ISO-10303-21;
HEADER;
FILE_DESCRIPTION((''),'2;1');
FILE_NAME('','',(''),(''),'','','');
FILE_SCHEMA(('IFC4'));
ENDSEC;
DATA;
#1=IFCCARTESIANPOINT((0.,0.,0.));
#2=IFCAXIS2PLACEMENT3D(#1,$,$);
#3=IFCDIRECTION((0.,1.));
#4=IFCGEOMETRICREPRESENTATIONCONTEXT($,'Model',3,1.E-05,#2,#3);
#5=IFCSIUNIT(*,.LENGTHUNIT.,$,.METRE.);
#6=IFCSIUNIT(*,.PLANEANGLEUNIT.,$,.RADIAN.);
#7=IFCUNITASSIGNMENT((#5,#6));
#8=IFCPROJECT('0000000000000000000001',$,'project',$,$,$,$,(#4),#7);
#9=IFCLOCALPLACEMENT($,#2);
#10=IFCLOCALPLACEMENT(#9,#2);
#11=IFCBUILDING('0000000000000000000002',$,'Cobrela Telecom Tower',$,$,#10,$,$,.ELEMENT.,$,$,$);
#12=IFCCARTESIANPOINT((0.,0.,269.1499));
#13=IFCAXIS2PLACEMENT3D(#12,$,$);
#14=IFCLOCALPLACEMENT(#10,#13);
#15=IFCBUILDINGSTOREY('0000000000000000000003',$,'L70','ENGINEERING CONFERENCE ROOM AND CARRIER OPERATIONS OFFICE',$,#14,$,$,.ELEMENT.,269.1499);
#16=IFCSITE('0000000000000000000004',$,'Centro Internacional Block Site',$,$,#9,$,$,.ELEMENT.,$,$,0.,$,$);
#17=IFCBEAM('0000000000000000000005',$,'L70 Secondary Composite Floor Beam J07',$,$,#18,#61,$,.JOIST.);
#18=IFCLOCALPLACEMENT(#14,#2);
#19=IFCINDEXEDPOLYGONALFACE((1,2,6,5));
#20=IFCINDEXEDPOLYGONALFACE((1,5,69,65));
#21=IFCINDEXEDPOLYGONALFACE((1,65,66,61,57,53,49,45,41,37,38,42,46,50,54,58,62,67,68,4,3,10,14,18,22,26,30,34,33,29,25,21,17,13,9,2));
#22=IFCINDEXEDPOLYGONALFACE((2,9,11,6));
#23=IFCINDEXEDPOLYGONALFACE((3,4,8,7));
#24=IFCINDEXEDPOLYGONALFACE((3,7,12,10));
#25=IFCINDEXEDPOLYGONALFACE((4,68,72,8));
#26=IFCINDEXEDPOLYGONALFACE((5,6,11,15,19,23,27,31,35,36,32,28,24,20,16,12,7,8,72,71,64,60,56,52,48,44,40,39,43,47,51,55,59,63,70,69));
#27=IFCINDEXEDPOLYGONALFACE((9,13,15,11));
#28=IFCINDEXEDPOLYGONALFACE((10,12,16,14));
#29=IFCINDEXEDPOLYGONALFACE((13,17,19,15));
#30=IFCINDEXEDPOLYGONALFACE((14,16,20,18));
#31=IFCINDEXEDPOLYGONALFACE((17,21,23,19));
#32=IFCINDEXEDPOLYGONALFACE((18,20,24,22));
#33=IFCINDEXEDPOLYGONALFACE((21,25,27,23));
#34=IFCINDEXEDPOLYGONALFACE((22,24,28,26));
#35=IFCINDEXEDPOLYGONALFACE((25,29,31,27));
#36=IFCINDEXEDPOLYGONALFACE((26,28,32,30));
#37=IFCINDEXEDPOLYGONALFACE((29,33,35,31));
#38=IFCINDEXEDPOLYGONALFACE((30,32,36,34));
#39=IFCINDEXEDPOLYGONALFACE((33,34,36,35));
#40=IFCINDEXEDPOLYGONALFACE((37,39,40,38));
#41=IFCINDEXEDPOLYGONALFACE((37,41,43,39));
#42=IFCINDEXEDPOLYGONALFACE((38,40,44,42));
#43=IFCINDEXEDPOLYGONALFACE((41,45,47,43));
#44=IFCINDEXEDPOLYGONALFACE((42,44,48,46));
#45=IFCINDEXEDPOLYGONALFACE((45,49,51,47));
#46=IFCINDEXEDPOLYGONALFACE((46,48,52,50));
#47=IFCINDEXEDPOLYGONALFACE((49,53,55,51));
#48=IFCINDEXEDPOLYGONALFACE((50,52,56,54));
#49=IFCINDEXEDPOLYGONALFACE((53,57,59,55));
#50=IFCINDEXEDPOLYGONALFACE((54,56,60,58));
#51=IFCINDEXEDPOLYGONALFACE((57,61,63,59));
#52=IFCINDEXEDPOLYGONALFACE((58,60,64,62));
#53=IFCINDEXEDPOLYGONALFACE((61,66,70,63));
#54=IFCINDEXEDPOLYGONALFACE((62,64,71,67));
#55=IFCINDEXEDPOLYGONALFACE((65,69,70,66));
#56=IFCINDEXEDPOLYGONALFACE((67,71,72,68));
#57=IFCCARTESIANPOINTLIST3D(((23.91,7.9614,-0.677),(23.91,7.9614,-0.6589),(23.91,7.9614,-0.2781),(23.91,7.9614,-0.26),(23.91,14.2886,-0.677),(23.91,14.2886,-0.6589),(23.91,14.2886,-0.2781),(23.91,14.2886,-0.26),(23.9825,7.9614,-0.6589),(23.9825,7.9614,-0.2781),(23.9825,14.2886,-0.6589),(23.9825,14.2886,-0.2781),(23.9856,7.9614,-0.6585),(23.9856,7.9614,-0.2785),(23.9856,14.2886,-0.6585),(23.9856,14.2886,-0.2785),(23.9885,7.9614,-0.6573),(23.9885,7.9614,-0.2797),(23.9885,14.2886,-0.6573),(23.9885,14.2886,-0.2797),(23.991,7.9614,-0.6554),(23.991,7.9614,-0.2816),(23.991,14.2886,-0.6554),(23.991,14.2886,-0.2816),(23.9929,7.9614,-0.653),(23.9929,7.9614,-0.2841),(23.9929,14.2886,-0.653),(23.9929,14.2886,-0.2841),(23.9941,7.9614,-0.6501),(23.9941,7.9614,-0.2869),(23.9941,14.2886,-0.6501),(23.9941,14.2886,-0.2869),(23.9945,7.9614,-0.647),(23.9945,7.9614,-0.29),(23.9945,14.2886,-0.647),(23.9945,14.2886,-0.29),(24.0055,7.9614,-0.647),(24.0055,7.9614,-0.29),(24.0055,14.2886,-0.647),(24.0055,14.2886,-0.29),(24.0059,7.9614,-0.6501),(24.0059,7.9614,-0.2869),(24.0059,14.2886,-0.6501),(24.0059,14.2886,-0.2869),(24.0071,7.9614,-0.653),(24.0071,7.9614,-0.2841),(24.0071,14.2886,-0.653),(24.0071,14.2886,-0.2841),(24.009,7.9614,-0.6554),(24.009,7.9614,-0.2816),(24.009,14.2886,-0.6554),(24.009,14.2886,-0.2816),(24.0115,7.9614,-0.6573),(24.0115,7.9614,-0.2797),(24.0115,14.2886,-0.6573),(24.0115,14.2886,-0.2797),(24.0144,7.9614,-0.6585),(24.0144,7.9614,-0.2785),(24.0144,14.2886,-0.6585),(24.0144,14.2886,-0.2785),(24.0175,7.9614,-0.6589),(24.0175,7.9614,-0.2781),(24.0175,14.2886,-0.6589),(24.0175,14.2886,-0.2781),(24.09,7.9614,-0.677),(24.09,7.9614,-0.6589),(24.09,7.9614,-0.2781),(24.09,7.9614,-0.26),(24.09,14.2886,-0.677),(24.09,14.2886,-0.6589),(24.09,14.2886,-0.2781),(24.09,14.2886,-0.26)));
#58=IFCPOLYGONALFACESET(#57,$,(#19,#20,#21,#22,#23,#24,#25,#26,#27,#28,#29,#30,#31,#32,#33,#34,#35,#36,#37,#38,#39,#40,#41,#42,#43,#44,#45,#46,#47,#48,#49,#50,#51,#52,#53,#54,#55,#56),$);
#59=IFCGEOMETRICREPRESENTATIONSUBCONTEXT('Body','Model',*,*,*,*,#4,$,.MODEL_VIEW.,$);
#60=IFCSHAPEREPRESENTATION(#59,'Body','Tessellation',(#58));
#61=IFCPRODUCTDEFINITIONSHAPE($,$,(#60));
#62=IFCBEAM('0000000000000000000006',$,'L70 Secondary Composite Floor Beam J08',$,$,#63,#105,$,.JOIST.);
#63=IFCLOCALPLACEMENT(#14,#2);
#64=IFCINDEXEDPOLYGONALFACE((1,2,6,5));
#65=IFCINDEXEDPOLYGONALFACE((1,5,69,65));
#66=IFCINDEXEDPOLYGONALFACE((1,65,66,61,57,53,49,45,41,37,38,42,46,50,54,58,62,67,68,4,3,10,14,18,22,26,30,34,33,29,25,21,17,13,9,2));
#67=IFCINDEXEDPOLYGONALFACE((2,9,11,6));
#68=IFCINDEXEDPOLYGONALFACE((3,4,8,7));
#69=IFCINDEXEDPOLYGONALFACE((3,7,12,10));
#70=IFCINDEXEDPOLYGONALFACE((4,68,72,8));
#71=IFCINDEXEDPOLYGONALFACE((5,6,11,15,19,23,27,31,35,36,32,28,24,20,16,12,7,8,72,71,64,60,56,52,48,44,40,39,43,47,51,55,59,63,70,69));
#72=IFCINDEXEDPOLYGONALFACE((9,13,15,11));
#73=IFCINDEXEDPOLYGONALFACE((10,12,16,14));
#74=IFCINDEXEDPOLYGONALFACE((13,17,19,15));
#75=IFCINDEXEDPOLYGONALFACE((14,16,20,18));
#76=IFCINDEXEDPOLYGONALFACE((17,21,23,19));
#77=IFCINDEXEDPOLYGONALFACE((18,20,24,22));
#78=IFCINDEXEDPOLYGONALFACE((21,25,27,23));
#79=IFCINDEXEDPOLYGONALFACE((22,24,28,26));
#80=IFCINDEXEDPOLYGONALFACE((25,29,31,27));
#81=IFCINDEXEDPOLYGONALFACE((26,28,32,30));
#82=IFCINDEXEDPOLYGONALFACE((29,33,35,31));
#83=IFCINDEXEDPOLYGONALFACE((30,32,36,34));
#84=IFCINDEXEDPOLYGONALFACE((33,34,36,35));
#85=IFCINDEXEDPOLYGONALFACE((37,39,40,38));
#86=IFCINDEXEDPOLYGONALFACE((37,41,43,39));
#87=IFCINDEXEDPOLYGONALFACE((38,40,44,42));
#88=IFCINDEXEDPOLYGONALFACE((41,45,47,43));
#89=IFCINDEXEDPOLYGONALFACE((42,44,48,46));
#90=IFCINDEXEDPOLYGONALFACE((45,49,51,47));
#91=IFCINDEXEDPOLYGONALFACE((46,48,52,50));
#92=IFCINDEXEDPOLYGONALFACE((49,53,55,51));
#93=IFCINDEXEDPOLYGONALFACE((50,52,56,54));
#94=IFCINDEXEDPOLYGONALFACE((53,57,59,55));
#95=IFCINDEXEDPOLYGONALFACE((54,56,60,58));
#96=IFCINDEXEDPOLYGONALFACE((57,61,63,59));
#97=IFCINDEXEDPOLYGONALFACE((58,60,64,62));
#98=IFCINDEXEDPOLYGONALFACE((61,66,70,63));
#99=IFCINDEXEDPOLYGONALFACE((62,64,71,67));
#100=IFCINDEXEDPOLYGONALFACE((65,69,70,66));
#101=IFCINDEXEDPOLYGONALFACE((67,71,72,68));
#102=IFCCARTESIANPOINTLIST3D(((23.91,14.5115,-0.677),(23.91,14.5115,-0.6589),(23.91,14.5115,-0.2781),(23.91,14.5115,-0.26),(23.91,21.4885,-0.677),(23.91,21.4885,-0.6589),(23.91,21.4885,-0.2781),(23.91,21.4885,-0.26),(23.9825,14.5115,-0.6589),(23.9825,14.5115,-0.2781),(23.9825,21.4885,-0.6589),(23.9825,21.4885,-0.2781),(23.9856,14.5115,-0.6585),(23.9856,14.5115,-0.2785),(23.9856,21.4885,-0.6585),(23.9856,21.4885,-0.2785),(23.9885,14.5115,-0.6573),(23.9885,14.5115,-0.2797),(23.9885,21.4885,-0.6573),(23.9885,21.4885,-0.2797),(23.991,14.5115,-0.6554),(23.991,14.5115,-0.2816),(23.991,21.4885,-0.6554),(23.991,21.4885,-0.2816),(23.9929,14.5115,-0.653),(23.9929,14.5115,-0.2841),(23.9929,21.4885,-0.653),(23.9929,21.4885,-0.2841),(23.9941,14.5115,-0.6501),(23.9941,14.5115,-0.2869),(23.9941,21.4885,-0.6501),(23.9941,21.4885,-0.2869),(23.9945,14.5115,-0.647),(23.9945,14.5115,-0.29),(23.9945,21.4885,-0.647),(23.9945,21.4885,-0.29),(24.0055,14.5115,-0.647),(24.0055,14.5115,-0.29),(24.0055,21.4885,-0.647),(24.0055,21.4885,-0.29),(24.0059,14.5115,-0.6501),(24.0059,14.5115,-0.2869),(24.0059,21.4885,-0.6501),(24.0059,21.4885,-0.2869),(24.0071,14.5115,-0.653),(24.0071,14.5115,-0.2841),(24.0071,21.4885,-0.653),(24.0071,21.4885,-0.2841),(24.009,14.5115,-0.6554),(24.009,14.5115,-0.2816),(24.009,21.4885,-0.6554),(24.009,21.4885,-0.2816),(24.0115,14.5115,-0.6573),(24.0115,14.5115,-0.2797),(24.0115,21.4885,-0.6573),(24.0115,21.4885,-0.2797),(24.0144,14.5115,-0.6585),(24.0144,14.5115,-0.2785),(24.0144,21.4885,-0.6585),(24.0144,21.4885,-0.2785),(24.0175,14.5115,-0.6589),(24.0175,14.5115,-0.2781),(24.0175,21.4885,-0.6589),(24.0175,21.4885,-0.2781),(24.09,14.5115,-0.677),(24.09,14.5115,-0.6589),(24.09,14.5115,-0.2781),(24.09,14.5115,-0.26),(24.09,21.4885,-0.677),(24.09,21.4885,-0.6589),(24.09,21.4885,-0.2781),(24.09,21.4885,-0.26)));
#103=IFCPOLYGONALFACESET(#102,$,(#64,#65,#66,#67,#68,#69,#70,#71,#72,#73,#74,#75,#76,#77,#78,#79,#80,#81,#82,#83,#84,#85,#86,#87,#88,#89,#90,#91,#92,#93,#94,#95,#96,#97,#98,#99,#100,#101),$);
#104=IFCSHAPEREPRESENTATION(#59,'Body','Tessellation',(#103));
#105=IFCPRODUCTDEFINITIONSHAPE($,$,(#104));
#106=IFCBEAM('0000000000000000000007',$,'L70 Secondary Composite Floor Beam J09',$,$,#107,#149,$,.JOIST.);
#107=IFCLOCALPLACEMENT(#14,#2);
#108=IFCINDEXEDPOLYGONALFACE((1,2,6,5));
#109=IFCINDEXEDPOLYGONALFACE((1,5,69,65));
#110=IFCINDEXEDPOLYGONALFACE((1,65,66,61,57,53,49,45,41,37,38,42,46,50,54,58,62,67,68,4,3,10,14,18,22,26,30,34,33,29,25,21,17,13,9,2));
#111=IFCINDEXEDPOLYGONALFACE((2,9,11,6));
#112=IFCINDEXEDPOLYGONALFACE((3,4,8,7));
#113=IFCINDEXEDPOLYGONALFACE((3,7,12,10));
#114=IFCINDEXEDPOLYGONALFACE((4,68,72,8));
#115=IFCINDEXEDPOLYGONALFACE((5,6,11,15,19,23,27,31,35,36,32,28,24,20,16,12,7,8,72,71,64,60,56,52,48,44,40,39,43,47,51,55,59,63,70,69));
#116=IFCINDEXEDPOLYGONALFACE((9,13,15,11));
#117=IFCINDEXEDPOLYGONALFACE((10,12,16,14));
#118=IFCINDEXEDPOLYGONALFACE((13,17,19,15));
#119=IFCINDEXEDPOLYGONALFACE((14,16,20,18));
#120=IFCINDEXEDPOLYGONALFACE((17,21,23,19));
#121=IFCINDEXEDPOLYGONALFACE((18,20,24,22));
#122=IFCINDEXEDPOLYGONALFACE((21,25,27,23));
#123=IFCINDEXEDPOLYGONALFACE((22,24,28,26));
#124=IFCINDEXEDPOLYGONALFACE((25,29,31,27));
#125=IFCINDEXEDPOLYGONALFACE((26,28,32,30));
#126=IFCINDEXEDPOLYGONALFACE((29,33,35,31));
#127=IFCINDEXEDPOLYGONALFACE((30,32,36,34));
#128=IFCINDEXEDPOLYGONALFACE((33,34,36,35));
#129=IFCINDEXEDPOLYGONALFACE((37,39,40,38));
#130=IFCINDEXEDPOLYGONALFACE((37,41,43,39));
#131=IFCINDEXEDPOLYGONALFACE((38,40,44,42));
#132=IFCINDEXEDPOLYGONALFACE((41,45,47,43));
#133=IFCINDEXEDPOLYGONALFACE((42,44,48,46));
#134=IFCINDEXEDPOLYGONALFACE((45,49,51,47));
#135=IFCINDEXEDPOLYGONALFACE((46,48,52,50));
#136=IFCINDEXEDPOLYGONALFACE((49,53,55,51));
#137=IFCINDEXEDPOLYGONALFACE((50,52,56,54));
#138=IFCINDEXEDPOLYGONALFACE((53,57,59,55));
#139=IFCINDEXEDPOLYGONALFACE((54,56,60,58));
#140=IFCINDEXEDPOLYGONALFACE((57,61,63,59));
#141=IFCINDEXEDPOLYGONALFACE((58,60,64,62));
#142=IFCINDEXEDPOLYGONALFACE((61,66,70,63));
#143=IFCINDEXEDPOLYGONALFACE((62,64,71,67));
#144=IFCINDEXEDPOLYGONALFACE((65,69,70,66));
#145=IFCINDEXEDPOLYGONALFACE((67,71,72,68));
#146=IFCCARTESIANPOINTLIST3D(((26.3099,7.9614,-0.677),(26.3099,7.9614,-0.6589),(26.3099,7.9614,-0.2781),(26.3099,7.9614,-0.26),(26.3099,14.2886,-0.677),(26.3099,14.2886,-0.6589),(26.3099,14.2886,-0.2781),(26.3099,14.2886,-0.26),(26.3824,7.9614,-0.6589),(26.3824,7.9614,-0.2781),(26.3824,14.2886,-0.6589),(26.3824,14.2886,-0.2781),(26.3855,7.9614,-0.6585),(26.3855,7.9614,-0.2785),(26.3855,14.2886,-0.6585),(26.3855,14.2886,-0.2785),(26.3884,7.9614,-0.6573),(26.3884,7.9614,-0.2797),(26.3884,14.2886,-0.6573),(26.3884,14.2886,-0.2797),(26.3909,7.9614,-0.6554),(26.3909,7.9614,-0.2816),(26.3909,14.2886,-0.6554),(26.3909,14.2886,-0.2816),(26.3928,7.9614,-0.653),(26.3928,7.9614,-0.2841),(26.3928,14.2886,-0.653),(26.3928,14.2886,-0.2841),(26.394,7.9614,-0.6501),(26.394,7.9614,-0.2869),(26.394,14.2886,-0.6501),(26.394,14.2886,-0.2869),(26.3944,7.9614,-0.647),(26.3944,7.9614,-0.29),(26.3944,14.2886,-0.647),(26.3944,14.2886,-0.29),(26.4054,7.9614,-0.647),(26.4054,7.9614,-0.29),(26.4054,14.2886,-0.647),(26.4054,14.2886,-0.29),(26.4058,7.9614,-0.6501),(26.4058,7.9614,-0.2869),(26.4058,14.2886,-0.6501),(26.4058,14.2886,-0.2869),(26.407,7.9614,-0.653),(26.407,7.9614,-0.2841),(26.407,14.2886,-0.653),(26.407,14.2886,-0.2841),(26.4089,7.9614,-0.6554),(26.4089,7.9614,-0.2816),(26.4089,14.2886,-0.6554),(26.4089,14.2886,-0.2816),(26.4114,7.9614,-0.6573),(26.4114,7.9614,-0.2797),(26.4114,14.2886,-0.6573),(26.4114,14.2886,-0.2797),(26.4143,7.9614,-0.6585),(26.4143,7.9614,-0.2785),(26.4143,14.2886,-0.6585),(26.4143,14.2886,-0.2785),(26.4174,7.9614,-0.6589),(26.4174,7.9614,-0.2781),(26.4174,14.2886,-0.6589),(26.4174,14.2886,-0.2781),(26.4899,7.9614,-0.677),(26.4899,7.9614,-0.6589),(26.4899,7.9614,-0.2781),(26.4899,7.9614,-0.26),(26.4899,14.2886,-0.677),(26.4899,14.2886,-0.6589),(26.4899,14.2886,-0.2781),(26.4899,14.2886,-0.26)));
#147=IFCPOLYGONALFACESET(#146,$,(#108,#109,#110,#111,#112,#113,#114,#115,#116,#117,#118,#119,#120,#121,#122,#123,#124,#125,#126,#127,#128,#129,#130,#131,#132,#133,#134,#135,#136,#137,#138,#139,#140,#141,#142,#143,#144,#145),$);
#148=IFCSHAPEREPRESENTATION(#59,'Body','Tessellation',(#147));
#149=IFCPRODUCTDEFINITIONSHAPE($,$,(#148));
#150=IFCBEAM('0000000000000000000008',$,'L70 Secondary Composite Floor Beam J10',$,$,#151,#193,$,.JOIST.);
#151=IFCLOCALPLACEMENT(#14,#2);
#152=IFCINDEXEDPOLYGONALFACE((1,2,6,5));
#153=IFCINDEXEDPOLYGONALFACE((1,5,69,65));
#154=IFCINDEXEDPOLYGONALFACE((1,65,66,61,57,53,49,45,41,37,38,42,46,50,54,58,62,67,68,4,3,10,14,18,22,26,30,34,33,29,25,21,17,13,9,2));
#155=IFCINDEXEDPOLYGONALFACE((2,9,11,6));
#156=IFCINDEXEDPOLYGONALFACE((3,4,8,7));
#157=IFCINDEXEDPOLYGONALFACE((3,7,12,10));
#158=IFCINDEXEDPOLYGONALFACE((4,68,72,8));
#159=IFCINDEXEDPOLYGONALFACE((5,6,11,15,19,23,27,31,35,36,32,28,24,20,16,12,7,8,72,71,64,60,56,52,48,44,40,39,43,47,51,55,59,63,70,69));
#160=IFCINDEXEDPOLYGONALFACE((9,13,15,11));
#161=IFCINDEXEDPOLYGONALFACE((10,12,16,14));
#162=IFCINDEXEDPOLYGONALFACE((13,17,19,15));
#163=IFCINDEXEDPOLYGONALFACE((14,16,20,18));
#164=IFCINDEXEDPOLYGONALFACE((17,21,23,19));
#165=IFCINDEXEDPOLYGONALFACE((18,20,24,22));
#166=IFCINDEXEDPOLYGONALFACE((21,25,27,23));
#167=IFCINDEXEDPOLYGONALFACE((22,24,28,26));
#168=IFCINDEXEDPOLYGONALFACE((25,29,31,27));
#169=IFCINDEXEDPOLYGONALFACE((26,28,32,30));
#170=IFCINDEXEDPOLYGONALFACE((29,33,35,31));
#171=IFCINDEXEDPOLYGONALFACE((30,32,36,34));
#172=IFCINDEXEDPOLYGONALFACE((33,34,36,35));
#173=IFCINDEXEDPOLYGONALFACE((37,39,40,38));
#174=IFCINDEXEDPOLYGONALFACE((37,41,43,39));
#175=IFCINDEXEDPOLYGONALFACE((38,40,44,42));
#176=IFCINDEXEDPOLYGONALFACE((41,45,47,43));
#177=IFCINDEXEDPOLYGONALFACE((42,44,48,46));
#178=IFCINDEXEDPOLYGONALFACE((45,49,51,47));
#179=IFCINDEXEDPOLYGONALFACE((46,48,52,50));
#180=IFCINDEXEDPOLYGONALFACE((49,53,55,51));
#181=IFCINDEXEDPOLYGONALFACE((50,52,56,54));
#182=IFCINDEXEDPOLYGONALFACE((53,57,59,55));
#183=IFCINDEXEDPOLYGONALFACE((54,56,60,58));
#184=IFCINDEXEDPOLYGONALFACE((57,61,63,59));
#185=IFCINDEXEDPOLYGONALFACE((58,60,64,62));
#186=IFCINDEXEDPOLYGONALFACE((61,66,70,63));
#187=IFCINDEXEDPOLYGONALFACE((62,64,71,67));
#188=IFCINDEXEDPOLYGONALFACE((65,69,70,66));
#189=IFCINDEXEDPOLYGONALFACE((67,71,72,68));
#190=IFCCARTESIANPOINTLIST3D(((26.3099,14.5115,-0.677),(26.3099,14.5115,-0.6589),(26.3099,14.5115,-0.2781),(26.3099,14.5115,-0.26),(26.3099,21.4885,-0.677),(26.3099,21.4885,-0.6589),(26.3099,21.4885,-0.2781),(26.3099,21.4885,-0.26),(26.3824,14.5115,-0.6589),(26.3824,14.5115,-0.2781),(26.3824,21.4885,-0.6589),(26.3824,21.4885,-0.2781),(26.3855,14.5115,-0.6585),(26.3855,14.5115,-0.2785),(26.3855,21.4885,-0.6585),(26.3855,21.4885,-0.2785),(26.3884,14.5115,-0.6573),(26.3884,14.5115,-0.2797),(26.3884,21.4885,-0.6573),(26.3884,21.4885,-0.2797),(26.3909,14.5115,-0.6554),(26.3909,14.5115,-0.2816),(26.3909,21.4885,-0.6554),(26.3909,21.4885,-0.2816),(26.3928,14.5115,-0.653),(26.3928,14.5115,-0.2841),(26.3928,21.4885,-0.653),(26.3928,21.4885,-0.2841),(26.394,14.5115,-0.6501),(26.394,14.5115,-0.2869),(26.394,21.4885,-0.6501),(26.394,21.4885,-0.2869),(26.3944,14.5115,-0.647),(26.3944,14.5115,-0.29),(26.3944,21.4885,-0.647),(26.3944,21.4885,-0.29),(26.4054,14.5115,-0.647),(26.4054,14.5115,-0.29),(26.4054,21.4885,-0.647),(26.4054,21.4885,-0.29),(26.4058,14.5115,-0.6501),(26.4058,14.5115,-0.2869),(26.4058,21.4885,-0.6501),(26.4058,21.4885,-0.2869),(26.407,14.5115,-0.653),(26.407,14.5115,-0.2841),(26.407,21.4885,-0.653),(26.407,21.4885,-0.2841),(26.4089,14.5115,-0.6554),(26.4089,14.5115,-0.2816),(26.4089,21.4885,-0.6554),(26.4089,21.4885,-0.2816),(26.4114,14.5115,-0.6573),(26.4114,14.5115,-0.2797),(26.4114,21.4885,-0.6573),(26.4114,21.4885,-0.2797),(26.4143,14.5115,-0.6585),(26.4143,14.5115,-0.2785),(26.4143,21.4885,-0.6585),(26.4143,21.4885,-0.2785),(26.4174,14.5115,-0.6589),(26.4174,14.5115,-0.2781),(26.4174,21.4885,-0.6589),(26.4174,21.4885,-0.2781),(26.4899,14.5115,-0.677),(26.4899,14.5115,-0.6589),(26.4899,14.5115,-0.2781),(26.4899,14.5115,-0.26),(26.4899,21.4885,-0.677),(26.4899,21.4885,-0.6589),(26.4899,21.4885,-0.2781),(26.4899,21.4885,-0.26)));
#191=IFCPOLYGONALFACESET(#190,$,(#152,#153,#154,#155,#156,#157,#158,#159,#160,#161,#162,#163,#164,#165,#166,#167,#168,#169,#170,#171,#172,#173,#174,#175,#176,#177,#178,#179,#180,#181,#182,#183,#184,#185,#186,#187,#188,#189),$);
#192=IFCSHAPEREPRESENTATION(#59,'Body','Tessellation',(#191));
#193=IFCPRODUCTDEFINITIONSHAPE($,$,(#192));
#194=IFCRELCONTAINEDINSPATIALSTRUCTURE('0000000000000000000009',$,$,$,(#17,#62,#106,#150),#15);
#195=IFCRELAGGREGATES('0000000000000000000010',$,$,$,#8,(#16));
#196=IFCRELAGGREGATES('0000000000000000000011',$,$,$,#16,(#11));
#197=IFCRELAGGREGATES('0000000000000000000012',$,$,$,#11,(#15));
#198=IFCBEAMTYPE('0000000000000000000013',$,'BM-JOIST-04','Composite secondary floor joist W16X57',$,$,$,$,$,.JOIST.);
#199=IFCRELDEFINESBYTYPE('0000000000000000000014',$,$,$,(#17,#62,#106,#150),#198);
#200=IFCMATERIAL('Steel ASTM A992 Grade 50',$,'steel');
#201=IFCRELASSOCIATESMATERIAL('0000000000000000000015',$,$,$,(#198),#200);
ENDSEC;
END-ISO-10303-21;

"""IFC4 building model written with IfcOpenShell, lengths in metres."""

from ifc_helpers import new_model, si_unit, direction, frame, origin, origin_2d, place, context, subcontext, project, spatial, i_section, extrude, material, material_profile, profile_set, type_object, element, save


model = new_model("IFC4")

# Units and contexts
model_context = context("Model", 3, precision=1e-05, world=origin(), true_north=direction((0.0, 1.0)))
body_context = subcontext(model_context, "Body", "Model", "MODEL_VIEW")
ifc_project = project(units=[si_unit("LENGTHUNIT", "METRE"), si_unit("PLANEANGLEUNIT", "RADIAN")], contexts=[model_context])

# Site, building, storey
site_placement = place(None, origin())
site = spatial("IfcSite", under=ifc_project, at=site_placement, Name="Centro Internacional Block Site", CompositionType="ELEMENT", RefElevation=0.0)
building_placement = place(site_placement, origin())
building = spatial("IfcBuilding", under=site, at=building_placement, Name="Cobrela Telecom Tower", CompositionType="ELEMENT")
storey_placement = place(building_placement, frame((0.0, 0.0, 269.1499)))
storey = spatial("IfcBuildingStorey", under=building, at=storey_placement, Name="L70", Description="ENGINEERING CONFERENCE ROOM AND CARRIER OPERATIONS OFFICE", CompositionType="ELEMENT", Elevation=269.1499)

# Shared definitions
ifc_material_1 = material(Name="Steel ASTM A992 Grade 50", Category="steel")

# Beams
ifc_material_profile_1 = material_profile(ifc_material_1, i_section(OverallWidth=0.1799, OverallDepth=0.417, WebThickness=0.011, FlangeThickness=0.0181, FilletRadius=0.012, at=origin_2d()), Name="W16X57")
ifc_profile_set_1 = profile_set([ifc_material_profile_1], Name="Steel ASTM A992 Grade 50")
beam_type_1 = type_object("IfcBeamType", Name="BM-JOIST-04", Description="Composite secondary floor joist W16X57", PredefinedType="JOIST", material=ifc_profile_set_1)
beam_1_placement = place(storey_placement, frame((24.0, 7.9614, -0.4685), z_axis=(0.0, 1.0, 0.0), x_axis=(-1.0, 0.0, 0.0)))
element("IfcBeam", 1, at=beam_1_placement, inside=storey, type_object=beam_type_1, Name="L70 Secondary Composite Floor Beam J07", PredefinedType="JOIST", context=body_context, shape_type="SweptSolid", body=[
    extrude(i_section(OverallWidth=0.1799, OverallDepth=0.417, WebThickness=0.011, FlangeThickness=0.0181, FilletRadius=0.012, at=origin_2d()), origin(), (0.0, 0.0, 1.0), 6.3271),
])
beam_2_placement = place(storey_placement, frame((24.0, 14.5115, -0.4685), z_axis=(0.0, 1.0, 0.0), x_axis=(-1.0, 0.0, 0.0)))
element("IfcBeam", 2, at=beam_2_placement, inside=storey, type_object=beam_type_1, Name="L70 Secondary Composite Floor Beam J08", PredefinedType="JOIST", context=body_context, shape_type="SweptSolid", body=[
    extrude(i_section(OverallWidth=0.1799, OverallDepth=0.417, WebThickness=0.011, FlangeThickness=0.0181, FilletRadius=0.012, at=origin_2d()), origin(), (0.0, 0.0, 1.0), 6.9771),
])
beam_3_placement = place(storey_placement, frame((26.3999, 7.9614, -0.4685), z_axis=(0.0, 1.0, 0.0), x_axis=(-1.0, 0.0, 0.0)))
element("IfcBeam", 3, at=beam_3_placement, inside=storey, type_object=beam_type_1, Name="L70 Secondary Composite Floor Beam J09", PredefinedType="JOIST", context=body_context, shape_type="SweptSolid", body=[
    extrude(i_section(OverallWidth=0.1799, OverallDepth=0.417, WebThickness=0.011, FlangeThickness=0.0181, FilletRadius=0.012, at=origin_2d()), origin(), (0.0, 0.0, 1.0), 6.3271),
])
beam_4_placement = place(storey_placement, frame((26.3999, 14.5115, -0.4685), z_axis=(0.0, 1.0, 0.0), x_axis=(-1.0, 0.0, 0.0)))
element("IfcBeam", 4, at=beam_4_placement, inside=storey, type_object=beam_type_1, Name="L70 Secondary Composite Floor Beam J10", PredefinedType="JOIST", context=body_context, shape_type="SweptSolid", body=[
    extrude(i_section(OverallWidth=0.1799, OverallDepth=0.417, WebThickness=0.011, FlangeThickness=0.0181, FilletRadius=0.012, at=origin_2d()), origin(), (0.0, 0.0, 1.0), 6.9771),
])

save(model, "model.ifc")
